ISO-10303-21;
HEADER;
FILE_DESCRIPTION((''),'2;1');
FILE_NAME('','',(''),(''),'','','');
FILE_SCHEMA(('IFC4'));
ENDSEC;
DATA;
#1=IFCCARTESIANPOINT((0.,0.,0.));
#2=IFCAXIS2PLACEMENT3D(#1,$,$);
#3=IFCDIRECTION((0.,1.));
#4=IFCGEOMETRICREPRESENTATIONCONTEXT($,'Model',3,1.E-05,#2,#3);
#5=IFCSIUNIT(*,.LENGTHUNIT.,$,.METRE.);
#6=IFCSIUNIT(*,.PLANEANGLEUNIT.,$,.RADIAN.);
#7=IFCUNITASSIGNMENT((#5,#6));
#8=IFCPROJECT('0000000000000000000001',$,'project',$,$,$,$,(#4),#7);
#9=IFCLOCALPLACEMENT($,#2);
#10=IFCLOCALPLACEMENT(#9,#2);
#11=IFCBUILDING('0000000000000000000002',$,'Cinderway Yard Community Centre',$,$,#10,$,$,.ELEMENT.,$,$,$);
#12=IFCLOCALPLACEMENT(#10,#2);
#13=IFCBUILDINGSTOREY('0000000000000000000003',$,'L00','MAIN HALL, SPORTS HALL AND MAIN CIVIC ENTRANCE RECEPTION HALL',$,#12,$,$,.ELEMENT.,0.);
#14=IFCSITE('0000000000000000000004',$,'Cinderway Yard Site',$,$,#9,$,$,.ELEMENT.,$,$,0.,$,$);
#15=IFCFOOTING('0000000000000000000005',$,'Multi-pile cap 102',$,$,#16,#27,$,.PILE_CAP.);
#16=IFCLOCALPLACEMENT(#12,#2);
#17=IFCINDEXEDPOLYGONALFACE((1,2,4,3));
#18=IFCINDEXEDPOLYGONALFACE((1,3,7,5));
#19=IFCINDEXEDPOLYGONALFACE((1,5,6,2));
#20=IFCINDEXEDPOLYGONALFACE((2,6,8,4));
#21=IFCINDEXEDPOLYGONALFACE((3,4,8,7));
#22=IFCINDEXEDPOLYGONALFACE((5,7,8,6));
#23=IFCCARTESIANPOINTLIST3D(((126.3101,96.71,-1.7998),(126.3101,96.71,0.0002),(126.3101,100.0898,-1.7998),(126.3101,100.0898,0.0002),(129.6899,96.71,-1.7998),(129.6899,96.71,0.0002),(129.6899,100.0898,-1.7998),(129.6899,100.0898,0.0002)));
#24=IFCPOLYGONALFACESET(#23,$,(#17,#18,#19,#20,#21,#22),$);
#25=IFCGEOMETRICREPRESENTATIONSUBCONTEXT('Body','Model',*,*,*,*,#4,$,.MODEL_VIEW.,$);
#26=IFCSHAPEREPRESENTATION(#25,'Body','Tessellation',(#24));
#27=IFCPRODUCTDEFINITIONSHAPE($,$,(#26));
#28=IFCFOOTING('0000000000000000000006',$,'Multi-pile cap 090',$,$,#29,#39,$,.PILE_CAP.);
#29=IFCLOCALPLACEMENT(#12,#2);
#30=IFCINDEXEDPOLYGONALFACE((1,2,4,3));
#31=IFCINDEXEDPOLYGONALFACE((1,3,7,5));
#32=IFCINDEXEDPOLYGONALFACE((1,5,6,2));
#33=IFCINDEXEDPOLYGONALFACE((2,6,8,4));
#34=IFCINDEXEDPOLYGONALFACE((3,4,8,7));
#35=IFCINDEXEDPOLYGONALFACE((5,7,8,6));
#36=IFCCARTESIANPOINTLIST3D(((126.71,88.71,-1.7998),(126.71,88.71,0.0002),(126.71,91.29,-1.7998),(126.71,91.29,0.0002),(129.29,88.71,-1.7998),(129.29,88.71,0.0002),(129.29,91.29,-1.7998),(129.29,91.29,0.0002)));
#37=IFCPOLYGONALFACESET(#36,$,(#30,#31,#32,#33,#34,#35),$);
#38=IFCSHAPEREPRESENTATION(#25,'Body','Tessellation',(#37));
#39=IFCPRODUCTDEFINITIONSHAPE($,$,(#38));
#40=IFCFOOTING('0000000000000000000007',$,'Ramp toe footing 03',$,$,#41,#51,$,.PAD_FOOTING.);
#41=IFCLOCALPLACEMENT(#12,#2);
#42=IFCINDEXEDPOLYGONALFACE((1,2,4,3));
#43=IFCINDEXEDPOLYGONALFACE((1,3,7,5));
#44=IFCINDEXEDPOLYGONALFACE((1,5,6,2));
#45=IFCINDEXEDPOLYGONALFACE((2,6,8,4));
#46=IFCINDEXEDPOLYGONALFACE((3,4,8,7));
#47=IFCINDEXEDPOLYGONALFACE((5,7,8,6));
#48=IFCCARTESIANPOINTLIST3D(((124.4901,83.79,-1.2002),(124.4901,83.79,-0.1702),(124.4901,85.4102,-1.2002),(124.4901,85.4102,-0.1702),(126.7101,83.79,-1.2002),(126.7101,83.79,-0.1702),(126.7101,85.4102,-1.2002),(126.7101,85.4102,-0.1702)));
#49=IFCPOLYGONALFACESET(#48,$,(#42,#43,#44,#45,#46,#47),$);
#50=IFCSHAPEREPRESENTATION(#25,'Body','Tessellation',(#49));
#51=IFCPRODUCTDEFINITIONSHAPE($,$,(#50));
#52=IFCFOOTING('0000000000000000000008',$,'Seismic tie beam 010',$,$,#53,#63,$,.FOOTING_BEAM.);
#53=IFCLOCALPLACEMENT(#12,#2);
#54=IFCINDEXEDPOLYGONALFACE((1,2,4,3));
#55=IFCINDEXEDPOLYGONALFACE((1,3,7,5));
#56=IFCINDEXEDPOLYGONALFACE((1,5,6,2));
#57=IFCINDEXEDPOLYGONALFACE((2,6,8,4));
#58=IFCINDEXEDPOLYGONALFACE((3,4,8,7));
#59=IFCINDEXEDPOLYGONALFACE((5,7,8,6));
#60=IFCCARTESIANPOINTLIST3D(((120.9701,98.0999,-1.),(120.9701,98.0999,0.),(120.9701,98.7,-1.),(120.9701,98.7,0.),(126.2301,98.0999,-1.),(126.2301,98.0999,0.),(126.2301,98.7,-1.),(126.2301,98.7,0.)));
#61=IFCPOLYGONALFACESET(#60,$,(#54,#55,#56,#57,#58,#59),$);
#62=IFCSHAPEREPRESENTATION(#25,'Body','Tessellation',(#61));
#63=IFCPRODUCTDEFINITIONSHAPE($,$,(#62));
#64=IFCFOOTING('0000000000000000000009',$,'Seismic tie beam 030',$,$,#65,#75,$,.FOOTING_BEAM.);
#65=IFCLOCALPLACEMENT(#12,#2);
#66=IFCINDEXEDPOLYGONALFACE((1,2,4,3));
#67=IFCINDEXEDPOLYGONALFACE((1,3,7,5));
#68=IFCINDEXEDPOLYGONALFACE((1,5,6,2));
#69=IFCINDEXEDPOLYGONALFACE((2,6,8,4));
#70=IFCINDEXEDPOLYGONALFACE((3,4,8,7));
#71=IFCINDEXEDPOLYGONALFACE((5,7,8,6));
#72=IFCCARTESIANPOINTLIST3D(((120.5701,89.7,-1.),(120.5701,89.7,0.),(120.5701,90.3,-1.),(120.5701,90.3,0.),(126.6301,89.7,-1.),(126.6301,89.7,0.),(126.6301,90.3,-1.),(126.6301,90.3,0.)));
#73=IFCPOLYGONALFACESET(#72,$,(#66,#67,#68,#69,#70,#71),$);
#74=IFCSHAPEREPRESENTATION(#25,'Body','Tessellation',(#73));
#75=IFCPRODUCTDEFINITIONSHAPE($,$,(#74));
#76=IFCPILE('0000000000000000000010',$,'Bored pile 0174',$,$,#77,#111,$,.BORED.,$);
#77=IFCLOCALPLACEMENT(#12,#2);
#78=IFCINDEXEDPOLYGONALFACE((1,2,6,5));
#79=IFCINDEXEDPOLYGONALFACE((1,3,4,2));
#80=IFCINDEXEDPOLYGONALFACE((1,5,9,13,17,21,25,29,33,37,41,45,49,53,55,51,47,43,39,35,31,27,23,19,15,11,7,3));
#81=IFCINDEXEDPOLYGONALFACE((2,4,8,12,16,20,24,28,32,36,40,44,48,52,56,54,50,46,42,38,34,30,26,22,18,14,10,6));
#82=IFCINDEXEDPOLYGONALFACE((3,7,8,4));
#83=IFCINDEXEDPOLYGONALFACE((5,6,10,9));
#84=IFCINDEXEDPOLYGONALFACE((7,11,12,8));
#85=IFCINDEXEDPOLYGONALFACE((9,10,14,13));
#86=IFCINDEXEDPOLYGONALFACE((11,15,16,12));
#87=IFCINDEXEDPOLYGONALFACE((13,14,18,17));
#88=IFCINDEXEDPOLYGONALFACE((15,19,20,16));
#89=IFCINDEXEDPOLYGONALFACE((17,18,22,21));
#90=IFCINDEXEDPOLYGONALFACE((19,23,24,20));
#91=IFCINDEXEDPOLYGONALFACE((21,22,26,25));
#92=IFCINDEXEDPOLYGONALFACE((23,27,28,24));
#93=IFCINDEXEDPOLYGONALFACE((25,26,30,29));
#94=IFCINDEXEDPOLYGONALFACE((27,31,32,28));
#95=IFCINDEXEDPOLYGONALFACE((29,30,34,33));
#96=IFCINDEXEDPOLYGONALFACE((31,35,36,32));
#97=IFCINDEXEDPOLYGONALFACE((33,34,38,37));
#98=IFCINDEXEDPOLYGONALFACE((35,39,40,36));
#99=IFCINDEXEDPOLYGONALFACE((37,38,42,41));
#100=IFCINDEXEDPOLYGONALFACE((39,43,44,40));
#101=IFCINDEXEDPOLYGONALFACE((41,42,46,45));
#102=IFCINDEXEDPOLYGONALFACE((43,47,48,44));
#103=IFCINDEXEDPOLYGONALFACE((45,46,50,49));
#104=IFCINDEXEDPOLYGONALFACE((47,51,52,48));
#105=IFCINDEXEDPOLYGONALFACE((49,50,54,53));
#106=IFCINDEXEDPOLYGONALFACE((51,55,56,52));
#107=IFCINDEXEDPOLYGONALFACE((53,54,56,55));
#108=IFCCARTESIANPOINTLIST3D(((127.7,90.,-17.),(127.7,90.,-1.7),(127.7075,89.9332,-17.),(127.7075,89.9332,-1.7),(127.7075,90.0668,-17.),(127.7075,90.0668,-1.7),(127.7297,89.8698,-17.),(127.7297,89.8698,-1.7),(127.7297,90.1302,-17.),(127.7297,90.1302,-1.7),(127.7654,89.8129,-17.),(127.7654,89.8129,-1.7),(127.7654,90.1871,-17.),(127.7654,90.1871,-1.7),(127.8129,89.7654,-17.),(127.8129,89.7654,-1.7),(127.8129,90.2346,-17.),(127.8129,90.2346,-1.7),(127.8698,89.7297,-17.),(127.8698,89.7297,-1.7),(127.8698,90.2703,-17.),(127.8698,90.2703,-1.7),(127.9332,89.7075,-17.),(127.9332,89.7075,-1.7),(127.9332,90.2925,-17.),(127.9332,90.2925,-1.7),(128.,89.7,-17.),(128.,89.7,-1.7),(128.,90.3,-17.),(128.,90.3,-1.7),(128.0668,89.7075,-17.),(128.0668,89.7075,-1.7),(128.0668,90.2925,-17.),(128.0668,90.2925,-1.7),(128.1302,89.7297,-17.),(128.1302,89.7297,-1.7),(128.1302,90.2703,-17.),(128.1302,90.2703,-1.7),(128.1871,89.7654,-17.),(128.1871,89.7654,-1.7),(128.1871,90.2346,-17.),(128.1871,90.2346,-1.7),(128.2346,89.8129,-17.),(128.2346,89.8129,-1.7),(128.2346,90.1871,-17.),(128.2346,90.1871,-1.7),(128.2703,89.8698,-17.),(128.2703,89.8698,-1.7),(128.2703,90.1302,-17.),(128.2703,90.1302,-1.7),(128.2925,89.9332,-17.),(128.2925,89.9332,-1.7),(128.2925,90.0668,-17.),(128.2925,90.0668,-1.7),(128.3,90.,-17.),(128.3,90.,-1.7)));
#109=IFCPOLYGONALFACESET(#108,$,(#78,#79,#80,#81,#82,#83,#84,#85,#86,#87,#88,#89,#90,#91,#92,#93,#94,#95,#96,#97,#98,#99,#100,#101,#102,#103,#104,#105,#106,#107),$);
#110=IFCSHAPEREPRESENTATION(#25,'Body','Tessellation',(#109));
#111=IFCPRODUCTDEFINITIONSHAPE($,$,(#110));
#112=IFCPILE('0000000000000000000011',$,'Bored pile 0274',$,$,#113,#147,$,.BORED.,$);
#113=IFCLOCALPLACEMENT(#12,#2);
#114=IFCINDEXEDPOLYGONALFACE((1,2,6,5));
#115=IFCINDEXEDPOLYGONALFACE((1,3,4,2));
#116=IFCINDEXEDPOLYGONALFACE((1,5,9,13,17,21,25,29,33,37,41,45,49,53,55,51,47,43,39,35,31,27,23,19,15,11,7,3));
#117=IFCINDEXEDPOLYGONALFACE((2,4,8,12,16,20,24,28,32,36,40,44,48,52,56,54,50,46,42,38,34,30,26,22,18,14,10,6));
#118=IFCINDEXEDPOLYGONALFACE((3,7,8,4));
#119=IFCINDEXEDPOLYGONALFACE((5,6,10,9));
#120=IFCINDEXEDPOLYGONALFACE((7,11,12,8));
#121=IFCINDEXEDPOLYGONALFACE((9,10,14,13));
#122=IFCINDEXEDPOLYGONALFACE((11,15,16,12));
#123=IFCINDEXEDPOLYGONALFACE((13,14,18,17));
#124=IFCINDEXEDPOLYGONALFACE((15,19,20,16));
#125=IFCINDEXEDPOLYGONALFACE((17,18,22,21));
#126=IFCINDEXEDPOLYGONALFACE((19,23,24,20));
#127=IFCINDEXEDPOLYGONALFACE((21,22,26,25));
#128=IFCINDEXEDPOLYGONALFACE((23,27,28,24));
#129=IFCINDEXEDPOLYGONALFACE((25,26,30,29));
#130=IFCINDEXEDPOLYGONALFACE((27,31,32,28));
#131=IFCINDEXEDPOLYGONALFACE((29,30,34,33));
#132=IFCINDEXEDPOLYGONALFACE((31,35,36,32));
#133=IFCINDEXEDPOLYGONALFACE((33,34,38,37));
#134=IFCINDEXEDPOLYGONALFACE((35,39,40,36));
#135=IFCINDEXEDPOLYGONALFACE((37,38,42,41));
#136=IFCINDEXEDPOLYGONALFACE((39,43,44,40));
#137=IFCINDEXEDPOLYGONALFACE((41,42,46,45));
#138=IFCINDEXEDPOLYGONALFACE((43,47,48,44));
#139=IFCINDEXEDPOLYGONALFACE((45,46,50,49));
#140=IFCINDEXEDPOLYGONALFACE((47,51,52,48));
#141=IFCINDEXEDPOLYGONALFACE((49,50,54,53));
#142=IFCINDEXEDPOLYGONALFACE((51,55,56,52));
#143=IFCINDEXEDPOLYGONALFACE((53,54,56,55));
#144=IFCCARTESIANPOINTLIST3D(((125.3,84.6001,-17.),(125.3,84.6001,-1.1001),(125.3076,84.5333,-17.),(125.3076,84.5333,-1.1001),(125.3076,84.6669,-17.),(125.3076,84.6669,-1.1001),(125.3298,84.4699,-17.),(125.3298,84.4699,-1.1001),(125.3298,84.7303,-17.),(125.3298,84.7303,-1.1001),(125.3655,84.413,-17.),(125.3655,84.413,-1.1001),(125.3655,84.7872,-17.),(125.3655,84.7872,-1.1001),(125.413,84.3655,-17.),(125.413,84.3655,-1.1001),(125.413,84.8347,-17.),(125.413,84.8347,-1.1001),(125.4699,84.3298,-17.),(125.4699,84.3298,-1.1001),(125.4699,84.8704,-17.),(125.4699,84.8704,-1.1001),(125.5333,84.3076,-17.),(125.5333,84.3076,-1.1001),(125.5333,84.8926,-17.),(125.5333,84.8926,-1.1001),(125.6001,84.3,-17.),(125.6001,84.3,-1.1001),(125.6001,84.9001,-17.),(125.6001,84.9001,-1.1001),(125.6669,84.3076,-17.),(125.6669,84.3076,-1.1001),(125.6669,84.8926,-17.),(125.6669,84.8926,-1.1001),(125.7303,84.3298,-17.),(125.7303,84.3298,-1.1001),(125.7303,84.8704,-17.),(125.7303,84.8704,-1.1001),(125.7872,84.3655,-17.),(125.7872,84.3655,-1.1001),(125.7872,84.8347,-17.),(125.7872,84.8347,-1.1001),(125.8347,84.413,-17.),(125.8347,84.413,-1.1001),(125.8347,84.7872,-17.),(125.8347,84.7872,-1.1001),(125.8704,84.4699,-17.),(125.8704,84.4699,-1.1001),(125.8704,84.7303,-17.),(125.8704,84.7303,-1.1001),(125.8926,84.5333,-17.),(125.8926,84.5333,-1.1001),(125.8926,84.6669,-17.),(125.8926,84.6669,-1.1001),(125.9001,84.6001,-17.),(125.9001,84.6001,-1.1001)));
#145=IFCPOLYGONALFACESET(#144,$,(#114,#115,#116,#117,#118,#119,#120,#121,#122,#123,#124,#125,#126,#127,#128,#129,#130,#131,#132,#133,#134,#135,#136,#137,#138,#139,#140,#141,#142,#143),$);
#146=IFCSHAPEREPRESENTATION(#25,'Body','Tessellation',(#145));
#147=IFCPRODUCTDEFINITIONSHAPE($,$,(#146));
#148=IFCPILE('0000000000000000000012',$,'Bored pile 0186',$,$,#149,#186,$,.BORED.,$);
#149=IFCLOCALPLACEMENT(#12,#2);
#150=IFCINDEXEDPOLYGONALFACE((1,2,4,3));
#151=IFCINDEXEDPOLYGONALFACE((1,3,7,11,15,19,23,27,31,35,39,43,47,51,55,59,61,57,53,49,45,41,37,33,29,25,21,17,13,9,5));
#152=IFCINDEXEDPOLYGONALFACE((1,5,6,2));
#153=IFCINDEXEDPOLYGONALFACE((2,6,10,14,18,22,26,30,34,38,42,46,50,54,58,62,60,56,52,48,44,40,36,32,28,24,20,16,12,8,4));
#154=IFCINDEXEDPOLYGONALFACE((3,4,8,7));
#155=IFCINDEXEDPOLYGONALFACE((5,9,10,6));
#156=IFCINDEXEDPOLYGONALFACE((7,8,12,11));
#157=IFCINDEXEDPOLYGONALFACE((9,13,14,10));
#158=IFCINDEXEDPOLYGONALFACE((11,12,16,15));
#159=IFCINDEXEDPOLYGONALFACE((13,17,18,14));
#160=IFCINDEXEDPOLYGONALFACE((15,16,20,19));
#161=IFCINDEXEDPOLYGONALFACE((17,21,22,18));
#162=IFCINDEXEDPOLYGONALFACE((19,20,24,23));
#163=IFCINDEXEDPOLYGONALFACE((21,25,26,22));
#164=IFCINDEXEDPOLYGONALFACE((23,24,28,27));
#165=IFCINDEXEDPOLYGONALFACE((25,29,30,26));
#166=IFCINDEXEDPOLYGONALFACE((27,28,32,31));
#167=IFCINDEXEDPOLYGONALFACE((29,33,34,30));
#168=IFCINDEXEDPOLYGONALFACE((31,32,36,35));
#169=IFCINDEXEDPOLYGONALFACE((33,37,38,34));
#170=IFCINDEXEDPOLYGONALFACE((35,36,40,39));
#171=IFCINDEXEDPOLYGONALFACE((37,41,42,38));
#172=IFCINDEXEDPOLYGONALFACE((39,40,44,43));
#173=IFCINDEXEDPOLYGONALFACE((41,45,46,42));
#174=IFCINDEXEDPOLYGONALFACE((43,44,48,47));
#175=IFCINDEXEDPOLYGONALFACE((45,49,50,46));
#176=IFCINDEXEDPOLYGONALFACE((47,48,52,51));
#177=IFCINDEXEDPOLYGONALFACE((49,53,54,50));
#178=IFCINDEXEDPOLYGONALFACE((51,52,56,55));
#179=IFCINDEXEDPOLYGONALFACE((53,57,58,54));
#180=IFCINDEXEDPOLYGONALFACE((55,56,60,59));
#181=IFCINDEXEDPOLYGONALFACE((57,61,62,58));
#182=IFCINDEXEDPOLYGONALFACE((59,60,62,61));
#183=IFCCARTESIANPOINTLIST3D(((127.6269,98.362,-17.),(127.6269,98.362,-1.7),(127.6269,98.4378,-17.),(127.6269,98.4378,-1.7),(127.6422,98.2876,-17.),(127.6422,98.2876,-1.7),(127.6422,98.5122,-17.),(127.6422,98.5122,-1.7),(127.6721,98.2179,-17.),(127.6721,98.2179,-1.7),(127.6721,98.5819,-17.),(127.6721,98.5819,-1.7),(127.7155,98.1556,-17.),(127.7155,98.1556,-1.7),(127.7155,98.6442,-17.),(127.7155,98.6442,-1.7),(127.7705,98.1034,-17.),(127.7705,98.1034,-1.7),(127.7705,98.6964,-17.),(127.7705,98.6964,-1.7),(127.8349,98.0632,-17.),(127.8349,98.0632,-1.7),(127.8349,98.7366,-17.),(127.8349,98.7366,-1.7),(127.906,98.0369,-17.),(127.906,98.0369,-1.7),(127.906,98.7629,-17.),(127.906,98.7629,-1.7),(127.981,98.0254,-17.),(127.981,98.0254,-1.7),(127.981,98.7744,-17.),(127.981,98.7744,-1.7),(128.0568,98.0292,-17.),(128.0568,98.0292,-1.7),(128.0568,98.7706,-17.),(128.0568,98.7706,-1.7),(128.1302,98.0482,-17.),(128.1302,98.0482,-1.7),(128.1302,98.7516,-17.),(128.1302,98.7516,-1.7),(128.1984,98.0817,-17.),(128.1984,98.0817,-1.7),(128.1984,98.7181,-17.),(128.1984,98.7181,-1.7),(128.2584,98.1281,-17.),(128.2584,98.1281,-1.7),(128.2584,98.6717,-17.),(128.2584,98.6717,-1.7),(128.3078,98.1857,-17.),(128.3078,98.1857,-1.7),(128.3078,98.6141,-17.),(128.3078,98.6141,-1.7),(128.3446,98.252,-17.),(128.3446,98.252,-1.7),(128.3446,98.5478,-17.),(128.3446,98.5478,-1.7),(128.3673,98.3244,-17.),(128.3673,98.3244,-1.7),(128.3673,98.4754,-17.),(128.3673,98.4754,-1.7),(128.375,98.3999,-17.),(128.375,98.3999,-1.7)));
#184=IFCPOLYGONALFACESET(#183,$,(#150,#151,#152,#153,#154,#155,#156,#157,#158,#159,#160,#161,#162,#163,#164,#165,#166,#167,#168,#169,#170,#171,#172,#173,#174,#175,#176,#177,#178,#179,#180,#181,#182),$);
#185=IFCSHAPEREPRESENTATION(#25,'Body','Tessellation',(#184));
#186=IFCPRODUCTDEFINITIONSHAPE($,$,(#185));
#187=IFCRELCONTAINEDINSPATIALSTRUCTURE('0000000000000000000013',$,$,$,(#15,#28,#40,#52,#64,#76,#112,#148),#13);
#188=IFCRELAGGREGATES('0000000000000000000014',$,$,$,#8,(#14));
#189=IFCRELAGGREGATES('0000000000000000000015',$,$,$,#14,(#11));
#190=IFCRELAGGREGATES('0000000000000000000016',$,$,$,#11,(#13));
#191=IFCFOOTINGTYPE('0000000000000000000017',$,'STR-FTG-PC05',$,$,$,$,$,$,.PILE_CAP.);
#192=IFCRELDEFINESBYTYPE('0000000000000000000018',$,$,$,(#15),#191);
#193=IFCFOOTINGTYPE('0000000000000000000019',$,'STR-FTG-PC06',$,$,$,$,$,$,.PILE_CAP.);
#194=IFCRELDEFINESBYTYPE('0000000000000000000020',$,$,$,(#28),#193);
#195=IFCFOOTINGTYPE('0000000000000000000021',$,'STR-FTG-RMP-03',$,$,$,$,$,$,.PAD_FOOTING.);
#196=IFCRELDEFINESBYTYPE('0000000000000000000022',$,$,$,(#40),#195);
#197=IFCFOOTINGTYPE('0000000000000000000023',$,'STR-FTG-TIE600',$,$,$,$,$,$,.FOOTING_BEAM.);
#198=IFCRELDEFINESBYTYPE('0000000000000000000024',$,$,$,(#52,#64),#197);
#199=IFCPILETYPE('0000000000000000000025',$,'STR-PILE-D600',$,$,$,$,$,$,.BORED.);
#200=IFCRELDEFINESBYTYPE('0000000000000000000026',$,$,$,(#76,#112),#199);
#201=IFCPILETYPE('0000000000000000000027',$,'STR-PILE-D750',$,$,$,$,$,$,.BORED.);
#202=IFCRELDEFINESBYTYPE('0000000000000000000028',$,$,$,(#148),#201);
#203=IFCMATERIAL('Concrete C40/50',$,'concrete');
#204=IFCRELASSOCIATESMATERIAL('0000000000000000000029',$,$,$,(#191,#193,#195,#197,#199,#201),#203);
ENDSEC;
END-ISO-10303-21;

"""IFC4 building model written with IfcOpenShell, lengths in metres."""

from ifc_helpers import new_model, si_unit, direction, frame, origin, origin_2d, place, context, subcontext, project, spatial, rectangle, circle, extrude, material, material_profile, profile_set, type_object, element, save


model = new_model("IFC4")

# Units and contexts
model_context = context("Model", 3, precision=1e-05, world=origin(), true_north=direction((0.0, 1.0)))
body_context = subcontext(model_context, "Body", "Model", "MODEL_VIEW")
ifc_project = project(units=[si_unit("LENGTHUNIT", "METRE"), si_unit("PLANEANGLEUNIT", "RADIAN")], contexts=[model_context])

# Site, building, storey
site_placement = place(None, origin())
site = spatial("IfcSite", under=ifc_project, at=site_placement, Name="Cinderway Yard Site", CompositionType="ELEMENT", RefElevation=0.0)
building_placement = place(site_placement, origin())
building = spatial("IfcBuilding", under=site, at=building_placement, Name="Cinderway Yard Community Centre", CompositionType="ELEMENT")
storey_placement = place(building_placement, origin())
storey = spatial("IfcBuildingStorey", under=building, at=storey_placement, Name="L00", Description="MAIN HALL, SPORTS HALL AND MAIN CIVIC ENTRANCE RECEPTION HALL", CompositionType="ELEMENT", Elevation=0.0)

# Footings
ifc_material_1 = material(Name="Concrete C40/50", Category="concrete")
footing_type_1 = type_object("IfcFootingType", Name="STR-FTG-PC05", PredefinedType="PILE_CAP", material=ifc_material_1)
footing_1_placement = place(storey_placement, frame((128.0, 98.3999, -1.7998), z_axis=(0.0, 0.0, 1.0), x_axis=(1.0, 0.0, 0.0)))
element("IfcFooting", 1, at=footing_1_placement, inside=storey, type_object=footing_type_1, Name="Multi-pile cap 102", PredefinedType="PILE_CAP", context=body_context, shape_type="SweptSolid", body=[
    extrude(rectangle(XDim=3.3799, YDim=3.3799, at=origin_2d()), origin(), (0.0, 0.0, 1.0), 1.8),
])
footing_type_2 = type_object("IfcFootingType", Name="STR-FTG-PC06", PredefinedType="PILE_CAP", material=ifc_material_1)
footing_2_placement = place(storey_placement, frame((128.0, 90.0, -1.7998), z_axis=(0.0, 0.0, 1.0), x_axis=(1.0, 0.0, 0.0)))
element("IfcFooting", 2, at=footing_2_placement, inside=storey, type_object=footing_type_2, Name="Multi-pile cap 090", PredefinedType="PILE_CAP", context=body_context, shape_type="SweptSolid", body=[
    extrude(rectangle(XDim=2.5801, YDim=2.5801, at=origin_2d()), origin(), (0.0, 0.0, 1.0), 1.8),
])
footing_type_3 = type_object("IfcFootingType", Name="STR-FTG-RMP-03", PredefinedType="PAD_FOOTING", material=ifc_material_1)
footing_3_placement = place(storey_placement, frame((125.6001, 84.6001, -1.2002), z_axis=(0.0, 0.0, 1.0), x_axis=(1.0, 0.0, 0.0)))
element("IfcFooting", 3, at=footing_3_placement, inside=storey, type_object=footing_type_3, Name="Ramp toe footing 03", PredefinedType="PAD_FOOTING", context=body_context, shape_type="SweptSolid", body=[
    extrude(rectangle(XDim=2.22, YDim=1.6201, at=origin_2d()), origin(), (0.0, 0.0, 1.0), 1.03),
])
footing_type_4 = type_object("IfcFootingType", Name="STR-FTG-TIE600", PredefinedType="FOOTING_BEAM", material=ifc_material_1)
footing_4_placement = place(storey_placement, frame((123.6001, 98.3999, -1.0), z_axis=(0.0, 0.0, 1.0), x_axis=(1.0, 0.0, 0.0)))
element("IfcFooting", 4, at=footing_4_placement, inside=storey, type_object=footing_type_4, Name="Seismic tie beam 010", PredefinedType="FOOTING_BEAM", context=body_context, shape_type="SweptSolid", body=[
    extrude(rectangle(XDim=5.26, YDim=0.6001, at=origin_2d()), origin(), (0.0, 0.0, 1.0), 1.0),
])
footing_5_placement = place(storey_placement, frame((123.6001, 90.0, -1.0), z_axis=(0.0, 0.0, 1.0), x_axis=(1.0, 0.0, 0.0)))
element("IfcFooting", 5, at=footing_5_placement, inside=storey, type_object=footing_type_4, Name="Seismic tie beam 030", PredefinedType="FOOTING_BEAM", context=body_context, shape_type="SweptSolid", body=[
    extrude(rectangle(XDim=6.0601, YDim=0.6001, at=origin_2d()), origin(), (0.0, 0.0, 1.0), 1.0),
])

# Piles
ifc_material_profile_1 = material_profile(ifc_material_1, circle(Radius=0.3, at=origin_2d()), Name="Concrete C40/50")
ifc_profile_set_1 = profile_set([ifc_material_profile_1], Name="Concrete C40/50")
pile_type_1 = type_object("IfcPileType", Name="STR-PILE-D600", PredefinedType="BORED", material=ifc_profile_set_1)
pile_1_placement = place(storey_placement, frame((128.0, 90.0, -1.7), z_axis=(0.0, 0.0, -1.0), x_axis=(1.0, 0.0, 0.0)))
element("IfcPile", 6, at=pile_1_placement, inside=storey, type_object=pile_type_1, Name="Bored pile 0174", PredefinedType="BORED", context=body_context, shape_type="SweptSolid", body=[
    extrude(circle(Radius=0.3, at=origin_2d()), origin(), (0.0, 0.0, 1.0), 15.3),
])
pile_2_placement = place(storey_placement, frame((125.6001, 84.6001, -1.1001), z_axis=(0.0, 0.0, -1.0), x_axis=(1.0, 0.0, 0.0)))
element("IfcPile", 7, at=pile_2_placement, inside=storey, type_object=pile_type_1, Name="Bored pile 0274", PredefinedType="BORED", context=body_context, shape_type="SweptSolid", body=[
    extrude(circle(Radius=0.3, at=origin_2d()), origin(), (0.0, 0.0, 1.0), 15.8999),
])
ifc_material_profile_2 = material_profile(ifc_material_1, circle(Radius=0.375, at=origin_2d()), Name="Concrete C40/50")
ifc_profile_set_2 = profile_set([ifc_material_profile_2], Name="Concrete C40/50")
pile_type_2 = type_object("IfcPileType", Name="STR-PILE-D750", PredefinedType="BORED", material=ifc_profile_set_2)
pile_3_placement = place(storey_placement, frame((128.0, 98.3999, -1.7), z_axis=(0.0, 0.0, -1.0), x_axis=(1.0, 0.0, 0.0)))
element("IfcPile", 8, at=pile_3_placement, inside=storey, type_object=pile_type_2, Name="Bored pile 0186", PredefinedType="BORED", context=body_context, shape_type="SweptSolid", body=[
    extrude(circle(Radius=0.375, at=origin_2d()), origin(), (0.0, 0.0, 1.0), 15.3),
])

save(model, "model.ifc")
